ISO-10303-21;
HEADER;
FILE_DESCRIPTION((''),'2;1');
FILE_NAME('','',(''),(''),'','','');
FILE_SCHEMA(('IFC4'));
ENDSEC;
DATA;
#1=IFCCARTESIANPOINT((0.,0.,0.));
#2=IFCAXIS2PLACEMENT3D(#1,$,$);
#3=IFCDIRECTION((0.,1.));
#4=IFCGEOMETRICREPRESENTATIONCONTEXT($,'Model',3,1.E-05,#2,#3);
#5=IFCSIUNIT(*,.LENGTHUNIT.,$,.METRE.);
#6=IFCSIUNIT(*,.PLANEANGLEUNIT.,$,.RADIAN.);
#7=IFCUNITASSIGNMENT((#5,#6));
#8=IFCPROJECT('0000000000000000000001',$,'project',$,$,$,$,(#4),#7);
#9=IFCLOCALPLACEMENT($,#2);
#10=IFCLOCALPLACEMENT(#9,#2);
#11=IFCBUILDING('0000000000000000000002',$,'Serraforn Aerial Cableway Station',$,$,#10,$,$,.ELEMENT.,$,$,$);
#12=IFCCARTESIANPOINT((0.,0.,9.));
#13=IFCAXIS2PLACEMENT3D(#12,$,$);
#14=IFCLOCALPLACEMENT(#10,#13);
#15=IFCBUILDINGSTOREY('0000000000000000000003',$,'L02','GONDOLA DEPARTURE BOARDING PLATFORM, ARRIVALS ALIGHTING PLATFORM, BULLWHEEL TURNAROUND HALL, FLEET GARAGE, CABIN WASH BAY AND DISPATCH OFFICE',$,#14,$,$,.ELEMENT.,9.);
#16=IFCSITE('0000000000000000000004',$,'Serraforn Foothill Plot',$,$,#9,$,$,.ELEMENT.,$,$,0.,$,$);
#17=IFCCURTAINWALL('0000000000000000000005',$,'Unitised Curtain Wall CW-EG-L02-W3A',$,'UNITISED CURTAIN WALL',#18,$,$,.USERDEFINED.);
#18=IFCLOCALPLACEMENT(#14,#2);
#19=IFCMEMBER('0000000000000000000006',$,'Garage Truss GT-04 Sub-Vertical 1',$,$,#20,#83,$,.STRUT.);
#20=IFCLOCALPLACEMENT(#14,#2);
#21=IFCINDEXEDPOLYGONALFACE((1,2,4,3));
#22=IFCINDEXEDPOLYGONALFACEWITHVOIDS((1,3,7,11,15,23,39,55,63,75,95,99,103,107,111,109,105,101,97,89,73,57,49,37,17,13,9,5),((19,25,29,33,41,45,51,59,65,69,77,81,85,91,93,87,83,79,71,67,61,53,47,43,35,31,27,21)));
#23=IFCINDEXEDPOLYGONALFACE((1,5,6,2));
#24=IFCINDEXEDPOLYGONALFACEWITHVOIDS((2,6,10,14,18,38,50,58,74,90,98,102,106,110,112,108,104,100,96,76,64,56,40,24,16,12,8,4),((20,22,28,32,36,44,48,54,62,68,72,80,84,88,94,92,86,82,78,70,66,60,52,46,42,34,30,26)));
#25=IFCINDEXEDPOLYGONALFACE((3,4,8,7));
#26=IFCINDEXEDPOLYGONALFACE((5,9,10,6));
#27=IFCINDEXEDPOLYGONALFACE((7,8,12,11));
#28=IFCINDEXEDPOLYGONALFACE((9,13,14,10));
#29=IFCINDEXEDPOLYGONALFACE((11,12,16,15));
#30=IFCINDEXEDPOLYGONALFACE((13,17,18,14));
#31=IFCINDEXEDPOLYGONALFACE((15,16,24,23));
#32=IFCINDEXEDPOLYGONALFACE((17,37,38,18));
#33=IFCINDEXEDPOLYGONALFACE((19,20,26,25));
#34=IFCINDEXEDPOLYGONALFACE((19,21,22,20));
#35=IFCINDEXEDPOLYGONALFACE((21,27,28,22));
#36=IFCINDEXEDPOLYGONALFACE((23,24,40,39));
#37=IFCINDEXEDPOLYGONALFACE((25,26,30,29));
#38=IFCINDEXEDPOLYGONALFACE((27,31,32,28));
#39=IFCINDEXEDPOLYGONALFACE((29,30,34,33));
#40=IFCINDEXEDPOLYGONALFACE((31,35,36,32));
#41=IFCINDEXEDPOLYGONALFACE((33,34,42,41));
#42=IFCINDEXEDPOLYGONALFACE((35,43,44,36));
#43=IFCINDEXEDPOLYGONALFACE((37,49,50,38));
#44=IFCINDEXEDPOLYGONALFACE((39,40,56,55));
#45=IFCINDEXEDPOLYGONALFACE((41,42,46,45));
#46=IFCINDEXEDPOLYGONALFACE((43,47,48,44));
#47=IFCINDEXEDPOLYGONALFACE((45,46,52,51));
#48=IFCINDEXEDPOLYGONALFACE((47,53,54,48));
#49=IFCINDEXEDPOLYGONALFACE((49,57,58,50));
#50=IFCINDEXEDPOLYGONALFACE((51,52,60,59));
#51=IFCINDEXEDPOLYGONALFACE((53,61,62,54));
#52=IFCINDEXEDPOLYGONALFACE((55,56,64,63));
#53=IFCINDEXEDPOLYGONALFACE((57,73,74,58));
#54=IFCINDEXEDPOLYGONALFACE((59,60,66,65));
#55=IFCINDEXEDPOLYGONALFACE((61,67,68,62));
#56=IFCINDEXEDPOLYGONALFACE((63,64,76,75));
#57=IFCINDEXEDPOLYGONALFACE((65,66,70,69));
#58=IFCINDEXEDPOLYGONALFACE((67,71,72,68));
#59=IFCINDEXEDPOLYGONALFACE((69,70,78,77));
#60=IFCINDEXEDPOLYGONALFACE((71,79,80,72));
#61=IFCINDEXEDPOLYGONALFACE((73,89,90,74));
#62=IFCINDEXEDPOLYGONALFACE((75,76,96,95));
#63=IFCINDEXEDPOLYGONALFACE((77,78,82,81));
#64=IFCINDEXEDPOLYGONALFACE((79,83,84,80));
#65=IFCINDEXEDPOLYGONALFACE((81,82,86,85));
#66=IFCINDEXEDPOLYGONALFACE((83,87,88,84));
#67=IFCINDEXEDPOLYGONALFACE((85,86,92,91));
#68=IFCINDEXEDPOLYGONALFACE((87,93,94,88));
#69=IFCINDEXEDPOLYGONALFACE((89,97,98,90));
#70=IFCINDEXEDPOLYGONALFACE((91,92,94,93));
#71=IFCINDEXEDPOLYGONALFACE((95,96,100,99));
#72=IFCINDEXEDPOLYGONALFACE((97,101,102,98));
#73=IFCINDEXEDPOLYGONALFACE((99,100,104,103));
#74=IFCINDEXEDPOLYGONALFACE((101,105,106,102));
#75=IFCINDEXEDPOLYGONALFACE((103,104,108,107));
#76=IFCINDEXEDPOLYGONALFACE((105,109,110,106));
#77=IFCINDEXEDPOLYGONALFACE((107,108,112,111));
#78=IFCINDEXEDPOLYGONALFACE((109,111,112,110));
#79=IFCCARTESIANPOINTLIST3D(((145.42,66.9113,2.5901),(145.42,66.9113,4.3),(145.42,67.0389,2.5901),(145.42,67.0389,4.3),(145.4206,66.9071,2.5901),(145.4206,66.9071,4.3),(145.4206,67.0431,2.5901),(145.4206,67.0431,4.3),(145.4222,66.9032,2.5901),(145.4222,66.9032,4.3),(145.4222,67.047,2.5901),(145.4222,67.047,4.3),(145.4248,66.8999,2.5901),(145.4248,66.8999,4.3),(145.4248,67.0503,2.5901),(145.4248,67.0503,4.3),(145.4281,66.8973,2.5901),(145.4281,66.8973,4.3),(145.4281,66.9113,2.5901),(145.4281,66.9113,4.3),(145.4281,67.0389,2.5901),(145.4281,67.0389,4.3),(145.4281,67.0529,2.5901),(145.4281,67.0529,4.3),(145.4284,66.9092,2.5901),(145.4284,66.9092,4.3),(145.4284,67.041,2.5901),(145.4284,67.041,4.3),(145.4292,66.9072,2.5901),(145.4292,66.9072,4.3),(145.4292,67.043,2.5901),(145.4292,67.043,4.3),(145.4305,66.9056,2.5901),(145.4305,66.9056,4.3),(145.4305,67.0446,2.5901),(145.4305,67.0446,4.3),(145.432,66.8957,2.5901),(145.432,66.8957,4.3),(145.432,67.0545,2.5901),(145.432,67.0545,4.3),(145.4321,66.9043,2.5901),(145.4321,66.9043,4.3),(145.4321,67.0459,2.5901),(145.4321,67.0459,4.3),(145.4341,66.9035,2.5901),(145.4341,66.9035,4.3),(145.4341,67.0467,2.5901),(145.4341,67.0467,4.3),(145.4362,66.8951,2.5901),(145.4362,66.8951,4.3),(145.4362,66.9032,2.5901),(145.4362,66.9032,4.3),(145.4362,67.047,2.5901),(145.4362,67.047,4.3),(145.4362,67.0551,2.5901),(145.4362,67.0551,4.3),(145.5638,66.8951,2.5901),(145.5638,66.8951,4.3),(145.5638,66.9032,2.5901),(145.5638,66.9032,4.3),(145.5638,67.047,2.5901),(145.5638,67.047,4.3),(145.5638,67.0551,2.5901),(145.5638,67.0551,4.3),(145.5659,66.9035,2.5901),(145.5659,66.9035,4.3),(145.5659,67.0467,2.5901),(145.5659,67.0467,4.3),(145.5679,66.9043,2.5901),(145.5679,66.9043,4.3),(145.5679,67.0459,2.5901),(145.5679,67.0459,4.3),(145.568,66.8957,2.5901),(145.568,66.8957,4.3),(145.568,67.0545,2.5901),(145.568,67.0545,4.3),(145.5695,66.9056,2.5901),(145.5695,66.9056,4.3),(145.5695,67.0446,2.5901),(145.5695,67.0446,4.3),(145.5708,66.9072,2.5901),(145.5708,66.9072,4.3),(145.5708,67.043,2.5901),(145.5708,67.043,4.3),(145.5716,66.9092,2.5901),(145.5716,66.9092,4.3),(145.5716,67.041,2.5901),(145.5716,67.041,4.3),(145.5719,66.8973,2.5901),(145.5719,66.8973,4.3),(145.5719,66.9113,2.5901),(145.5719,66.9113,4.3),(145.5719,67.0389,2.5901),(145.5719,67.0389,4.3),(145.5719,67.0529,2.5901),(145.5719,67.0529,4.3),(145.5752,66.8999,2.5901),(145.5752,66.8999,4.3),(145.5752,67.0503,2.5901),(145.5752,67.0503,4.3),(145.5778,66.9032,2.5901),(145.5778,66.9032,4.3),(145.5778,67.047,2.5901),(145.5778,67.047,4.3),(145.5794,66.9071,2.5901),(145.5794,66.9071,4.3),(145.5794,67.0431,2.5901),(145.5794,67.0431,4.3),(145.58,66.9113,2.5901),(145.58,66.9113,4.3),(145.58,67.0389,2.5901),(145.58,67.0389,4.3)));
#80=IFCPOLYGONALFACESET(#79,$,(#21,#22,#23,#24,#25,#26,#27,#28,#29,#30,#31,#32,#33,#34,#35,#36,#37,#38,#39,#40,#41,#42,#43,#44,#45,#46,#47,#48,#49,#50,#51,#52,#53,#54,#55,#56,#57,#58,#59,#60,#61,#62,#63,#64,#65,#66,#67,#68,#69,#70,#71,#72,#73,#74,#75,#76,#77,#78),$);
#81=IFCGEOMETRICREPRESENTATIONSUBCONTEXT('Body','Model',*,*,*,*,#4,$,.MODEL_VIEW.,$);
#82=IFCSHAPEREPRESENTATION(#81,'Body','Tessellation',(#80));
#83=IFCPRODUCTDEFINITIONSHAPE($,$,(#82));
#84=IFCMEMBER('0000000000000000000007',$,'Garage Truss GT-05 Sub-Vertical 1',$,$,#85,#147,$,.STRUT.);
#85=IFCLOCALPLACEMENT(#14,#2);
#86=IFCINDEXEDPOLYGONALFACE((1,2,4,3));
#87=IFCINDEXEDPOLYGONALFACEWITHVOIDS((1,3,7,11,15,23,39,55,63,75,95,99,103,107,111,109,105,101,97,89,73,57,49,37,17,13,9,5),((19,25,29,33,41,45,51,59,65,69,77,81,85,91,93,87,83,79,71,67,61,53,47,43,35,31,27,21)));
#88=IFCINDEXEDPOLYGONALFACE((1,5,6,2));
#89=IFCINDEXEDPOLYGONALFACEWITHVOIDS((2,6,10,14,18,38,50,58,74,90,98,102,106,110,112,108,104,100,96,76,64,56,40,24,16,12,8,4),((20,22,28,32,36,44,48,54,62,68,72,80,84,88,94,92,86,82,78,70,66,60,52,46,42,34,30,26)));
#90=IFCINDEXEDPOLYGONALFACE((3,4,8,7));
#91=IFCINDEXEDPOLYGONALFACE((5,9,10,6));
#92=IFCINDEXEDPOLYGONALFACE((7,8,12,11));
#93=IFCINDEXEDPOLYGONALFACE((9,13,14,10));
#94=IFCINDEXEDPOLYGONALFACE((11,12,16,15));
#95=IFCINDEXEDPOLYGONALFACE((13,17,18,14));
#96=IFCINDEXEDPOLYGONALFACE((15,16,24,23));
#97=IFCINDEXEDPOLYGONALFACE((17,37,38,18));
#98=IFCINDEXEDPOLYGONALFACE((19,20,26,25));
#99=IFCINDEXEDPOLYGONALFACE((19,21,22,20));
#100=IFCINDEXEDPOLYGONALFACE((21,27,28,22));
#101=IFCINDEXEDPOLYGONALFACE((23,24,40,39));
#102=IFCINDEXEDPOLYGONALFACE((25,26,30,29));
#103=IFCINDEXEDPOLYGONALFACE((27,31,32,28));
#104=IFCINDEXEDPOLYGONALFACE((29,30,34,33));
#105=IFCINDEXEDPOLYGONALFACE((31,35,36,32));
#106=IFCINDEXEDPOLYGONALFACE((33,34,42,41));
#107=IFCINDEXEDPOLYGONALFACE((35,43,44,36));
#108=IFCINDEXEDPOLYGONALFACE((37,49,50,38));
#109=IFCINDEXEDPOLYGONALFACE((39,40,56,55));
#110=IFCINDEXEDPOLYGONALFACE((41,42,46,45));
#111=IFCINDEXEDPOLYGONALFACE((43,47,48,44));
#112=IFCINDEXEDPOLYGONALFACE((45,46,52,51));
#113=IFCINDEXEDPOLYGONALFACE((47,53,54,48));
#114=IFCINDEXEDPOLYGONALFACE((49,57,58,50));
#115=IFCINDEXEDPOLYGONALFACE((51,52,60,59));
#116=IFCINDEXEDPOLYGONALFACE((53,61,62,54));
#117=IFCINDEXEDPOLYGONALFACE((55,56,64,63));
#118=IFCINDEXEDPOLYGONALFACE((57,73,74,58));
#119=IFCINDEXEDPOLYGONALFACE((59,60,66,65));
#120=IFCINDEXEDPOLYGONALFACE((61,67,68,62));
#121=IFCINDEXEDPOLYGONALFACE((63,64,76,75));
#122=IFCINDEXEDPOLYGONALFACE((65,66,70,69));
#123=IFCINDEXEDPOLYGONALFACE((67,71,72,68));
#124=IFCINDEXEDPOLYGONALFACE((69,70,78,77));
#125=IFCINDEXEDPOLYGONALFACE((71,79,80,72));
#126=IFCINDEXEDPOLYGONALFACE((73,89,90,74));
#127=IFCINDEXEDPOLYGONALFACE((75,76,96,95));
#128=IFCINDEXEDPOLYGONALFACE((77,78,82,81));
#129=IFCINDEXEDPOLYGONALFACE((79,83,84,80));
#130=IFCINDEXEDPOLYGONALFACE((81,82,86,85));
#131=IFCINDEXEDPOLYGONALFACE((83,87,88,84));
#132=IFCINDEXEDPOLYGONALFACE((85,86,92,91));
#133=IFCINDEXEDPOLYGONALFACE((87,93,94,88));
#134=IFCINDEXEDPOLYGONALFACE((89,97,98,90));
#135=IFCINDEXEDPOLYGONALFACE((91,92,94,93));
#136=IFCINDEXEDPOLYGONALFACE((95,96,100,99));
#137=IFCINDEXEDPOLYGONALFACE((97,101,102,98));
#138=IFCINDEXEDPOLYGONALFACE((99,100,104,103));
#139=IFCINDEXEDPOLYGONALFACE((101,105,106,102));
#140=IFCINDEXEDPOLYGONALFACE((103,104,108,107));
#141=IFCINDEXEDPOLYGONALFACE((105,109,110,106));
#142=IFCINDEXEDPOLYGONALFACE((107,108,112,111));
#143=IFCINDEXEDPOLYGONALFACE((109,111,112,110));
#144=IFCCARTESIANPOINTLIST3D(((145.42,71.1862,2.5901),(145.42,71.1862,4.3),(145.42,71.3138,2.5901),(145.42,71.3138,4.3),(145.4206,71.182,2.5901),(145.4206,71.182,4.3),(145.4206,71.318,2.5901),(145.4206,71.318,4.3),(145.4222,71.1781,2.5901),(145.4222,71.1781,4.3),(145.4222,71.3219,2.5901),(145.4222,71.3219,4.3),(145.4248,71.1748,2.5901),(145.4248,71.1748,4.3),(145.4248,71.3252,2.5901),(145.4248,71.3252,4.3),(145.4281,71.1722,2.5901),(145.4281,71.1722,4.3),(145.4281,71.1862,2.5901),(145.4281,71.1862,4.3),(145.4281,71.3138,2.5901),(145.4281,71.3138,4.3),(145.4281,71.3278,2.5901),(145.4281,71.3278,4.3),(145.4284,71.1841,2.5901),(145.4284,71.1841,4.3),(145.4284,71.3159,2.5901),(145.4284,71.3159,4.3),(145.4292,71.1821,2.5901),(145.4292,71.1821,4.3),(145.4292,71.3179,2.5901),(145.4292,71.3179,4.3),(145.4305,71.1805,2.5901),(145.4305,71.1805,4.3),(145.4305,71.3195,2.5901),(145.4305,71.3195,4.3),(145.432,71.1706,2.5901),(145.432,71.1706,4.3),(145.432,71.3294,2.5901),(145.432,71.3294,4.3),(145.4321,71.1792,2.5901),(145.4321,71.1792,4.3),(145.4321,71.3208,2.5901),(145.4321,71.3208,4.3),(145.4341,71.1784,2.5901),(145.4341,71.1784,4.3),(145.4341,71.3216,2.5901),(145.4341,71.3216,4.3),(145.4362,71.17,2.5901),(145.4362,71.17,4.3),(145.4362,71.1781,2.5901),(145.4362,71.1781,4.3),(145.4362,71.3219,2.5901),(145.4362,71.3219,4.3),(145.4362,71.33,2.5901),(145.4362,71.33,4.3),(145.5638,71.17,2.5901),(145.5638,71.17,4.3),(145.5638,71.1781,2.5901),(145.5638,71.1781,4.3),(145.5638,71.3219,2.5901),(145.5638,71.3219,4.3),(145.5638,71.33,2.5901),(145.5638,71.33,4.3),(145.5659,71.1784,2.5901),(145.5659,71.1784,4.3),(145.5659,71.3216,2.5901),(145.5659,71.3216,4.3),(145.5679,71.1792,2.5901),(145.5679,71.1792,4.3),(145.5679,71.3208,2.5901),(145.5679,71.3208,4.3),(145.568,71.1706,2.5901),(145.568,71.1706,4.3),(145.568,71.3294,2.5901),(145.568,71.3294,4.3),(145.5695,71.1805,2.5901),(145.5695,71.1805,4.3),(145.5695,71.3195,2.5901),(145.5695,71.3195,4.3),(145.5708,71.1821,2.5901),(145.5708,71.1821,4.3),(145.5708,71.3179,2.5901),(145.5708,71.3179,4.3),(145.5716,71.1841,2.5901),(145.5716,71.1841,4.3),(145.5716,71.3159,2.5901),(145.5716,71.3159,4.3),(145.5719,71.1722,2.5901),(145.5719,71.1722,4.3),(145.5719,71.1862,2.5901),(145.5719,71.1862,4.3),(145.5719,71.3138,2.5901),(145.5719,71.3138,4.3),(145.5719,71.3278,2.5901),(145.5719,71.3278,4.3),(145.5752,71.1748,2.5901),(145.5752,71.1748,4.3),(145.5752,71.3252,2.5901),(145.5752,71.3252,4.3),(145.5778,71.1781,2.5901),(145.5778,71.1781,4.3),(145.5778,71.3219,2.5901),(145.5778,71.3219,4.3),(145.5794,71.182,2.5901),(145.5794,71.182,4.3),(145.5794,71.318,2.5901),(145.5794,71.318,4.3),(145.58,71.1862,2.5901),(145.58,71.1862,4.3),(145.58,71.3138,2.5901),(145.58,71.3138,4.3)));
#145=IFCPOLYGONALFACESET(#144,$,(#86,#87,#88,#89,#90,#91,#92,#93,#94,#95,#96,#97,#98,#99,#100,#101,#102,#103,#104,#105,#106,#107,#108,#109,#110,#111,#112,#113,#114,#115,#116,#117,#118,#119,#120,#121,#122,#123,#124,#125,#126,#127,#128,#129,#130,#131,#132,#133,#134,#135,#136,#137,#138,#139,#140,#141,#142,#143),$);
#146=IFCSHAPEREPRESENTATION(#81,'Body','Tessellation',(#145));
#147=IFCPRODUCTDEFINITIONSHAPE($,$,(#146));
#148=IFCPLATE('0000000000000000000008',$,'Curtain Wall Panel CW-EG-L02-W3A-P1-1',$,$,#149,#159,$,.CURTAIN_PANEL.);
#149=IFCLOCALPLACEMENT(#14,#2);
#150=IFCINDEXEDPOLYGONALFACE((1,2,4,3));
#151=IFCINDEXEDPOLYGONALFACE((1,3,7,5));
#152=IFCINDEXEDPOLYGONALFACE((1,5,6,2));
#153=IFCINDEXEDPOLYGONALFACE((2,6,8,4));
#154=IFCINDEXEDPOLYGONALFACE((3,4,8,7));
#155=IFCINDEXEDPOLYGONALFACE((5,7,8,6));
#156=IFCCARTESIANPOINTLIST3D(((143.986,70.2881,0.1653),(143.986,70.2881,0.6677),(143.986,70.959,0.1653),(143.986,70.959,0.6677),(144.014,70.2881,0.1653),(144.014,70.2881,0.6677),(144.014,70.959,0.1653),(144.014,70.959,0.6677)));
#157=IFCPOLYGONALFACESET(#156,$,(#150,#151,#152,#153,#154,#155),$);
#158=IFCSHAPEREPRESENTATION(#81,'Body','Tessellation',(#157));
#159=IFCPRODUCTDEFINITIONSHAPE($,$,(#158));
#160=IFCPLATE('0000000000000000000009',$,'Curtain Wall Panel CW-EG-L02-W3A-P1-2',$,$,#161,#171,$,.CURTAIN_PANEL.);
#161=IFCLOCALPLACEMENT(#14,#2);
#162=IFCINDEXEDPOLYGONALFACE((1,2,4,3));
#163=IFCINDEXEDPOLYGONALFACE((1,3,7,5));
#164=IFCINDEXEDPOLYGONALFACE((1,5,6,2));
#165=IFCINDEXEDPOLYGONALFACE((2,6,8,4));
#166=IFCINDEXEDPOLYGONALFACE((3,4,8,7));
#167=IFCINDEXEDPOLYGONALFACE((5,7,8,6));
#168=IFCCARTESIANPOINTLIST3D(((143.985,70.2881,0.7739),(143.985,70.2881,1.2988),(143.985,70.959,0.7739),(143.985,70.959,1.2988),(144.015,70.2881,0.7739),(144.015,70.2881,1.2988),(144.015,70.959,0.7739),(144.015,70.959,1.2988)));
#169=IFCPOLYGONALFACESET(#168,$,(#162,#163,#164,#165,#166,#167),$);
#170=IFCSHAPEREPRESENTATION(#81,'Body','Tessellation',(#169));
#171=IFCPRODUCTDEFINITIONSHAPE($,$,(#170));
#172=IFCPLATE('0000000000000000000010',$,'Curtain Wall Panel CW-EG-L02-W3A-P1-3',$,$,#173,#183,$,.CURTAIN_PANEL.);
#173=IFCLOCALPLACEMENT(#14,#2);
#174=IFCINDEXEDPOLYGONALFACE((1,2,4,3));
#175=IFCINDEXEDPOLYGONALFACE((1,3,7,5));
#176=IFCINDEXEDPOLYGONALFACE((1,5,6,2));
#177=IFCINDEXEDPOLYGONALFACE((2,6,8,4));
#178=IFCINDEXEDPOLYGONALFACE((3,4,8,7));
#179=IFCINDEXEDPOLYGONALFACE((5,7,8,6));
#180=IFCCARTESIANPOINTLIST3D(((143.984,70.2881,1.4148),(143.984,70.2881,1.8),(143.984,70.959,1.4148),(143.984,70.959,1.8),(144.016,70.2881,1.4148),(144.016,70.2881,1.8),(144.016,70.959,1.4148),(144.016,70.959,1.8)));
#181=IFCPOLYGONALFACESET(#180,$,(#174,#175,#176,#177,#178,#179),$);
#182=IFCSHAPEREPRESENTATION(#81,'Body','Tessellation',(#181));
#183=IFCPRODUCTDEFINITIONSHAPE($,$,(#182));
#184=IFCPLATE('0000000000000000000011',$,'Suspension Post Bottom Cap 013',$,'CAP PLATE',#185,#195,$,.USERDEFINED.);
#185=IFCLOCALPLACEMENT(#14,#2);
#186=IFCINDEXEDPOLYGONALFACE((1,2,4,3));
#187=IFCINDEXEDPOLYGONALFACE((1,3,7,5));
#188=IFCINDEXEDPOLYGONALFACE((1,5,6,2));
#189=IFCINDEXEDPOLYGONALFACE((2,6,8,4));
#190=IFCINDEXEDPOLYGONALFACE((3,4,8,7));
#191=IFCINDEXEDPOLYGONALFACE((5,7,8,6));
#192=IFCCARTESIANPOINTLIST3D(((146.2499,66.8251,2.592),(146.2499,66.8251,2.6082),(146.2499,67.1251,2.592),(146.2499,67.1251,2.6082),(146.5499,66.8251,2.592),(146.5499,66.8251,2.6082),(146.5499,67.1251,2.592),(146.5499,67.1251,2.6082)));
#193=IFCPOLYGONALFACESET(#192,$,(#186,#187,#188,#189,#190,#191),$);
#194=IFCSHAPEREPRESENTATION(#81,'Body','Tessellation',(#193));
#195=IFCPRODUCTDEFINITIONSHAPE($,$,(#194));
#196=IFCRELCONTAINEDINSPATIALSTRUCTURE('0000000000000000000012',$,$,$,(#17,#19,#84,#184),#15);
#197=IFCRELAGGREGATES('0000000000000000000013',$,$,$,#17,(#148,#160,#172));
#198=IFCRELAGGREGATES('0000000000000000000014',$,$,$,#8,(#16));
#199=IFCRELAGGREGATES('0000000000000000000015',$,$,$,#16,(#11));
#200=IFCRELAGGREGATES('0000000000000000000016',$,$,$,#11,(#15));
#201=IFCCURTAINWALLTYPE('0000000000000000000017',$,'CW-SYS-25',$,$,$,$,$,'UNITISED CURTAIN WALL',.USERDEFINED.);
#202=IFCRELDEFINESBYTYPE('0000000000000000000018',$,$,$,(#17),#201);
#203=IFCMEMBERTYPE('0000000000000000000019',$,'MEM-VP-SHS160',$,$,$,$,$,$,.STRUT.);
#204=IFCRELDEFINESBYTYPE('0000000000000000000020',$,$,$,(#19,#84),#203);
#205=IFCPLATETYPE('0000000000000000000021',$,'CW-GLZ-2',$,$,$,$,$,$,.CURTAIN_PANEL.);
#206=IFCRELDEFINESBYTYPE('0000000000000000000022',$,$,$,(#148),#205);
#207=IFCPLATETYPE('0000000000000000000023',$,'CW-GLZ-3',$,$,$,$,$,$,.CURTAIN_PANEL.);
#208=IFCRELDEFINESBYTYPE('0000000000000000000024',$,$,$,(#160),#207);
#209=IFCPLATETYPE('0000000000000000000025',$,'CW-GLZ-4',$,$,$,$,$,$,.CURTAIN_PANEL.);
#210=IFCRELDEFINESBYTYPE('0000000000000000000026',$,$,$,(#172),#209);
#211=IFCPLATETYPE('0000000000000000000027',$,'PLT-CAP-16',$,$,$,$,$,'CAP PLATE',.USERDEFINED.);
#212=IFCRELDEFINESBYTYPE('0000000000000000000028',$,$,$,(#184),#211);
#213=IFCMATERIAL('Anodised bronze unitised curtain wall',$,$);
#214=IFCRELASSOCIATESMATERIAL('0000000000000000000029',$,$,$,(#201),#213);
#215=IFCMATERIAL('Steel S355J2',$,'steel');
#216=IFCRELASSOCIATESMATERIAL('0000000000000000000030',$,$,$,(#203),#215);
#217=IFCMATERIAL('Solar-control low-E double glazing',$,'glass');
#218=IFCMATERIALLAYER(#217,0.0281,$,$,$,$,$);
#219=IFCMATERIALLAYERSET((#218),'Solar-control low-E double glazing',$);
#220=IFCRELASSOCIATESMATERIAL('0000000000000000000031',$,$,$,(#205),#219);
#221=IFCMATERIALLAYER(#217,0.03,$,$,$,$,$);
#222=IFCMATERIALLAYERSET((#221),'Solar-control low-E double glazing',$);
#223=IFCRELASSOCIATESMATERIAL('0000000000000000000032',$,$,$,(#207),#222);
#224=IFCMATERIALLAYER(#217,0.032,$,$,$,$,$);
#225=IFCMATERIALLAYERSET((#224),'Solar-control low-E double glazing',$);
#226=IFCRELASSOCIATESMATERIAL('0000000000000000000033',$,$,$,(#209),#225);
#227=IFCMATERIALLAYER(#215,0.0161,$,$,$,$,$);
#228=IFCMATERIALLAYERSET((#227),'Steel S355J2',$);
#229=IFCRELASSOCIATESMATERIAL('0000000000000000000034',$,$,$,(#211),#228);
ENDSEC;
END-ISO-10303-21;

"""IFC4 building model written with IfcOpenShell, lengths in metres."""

from ifc_helpers import new_model, si_unit, direction, frame, origin, origin_2d, place, context, subcontext, project, spatial, rectangle, hollow_rectangle, extrude, material, layer, layer_set, material_profile, profile_set, type_object, element, aggregate, save


model = new_model("IFC4")

# Units and contexts
model_context = context("Model", 3, precision=1e-05, world=origin(), true_north=direction((0.0, 1.0)))
body_context = subcontext(model_context, "Body", "Model", "MODEL_VIEW")
ifc_project = project(units=[si_unit("LENGTHUNIT", "METRE"), si_unit("PLANEANGLEUNIT", "RADIAN")], contexts=[model_context])

# Site, building, storey
site_placement = place(None, origin())
site = spatial("IfcSite", under=ifc_project, at=site_placement, Name="Serraforn Foothill Plot", CompositionType="ELEMENT", RefElevation=0.0)
building_placement = place(site_placement, origin())
building = spatial("IfcBuilding", under=site, at=building_placement, Name="Serraforn Aerial Cableway Station", CompositionType="ELEMENT")
storey_placement = place(building_placement, frame((0.0, 0.0, 9.0)))
storey = spatial("IfcBuildingStorey", under=building, at=storey_placement, Name="L02", Description="GONDOLA DEPARTURE BOARDING PLATFORM, ARRIVALS ALIGHTING PLATFORM, BULLWHEEL TURNAROUND HALL, FLEET GARAGE, CABIN WASH BAY AND DISPATCH OFFICE", CompositionType="ELEMENT", Elevation=9.0)

# Shared definitions
ifc_material_1 = material(Name="Steel S355J2", Category="steel")

# Curtain wall
ifc_material_2 = material(Name="Anodised bronze unitised curtain wall")
curtain_wall_type = type_object("IfcCurtainWallType", Name="CW-SYS-25", ElementType="UNITISED CURTAIN WALL", PredefinedType="USERDEFINED", material=ifc_material_2)
curtain_wall_placement = place(storey_placement, origin())
curtain_wall = element("IfcCurtainWall", 1, at=curtain_wall_placement, inside=storey, type_object=curtain_wall_type, Name="Unitised Curtain Wall CW-EG-L02-W3A", ObjectType="UNITISED CURTAIN WALL", PredefinedType="USERDEFINED")

# Members
ifc_material_profile_1 = material_profile(ifc_material_1, hollow_rectangle(XDim=0.1599, YDim=0.1599, WallThickness=0.0081, InnerFilletRadius=0.0081, OuterFilletRadius=0.0161, at=origin_2d()), Name="SHS 160x160x8.0")
ifc_profile_set_1 = profile_set([ifc_material_profile_1], Name="Steel S355J2")
member_type_1 = type_object("IfcMemberType", Name="MEM-VP-SHS160", PredefinedType="STRUT", material=ifc_profile_set_1)
for number, where, z_axis, x_axis, name in (
    (2, (145.5, 66.9751, 2.5901), (0.0, 0.0, 1.0), (1.0, 0.0, 0.0), "Garage Truss GT-04 Sub-Vertical 1"),
    (3, (145.5, 71.25, 2.5901), (0.0, 0.0, 1.0), (1.0, 0.0, 0.0), "Garage Truss GT-05 Sub-Vertical 1"),
):
    element("IfcMember", number, at=place(storey_placement, frame(where, z_axis=z_axis, x_axis=x_axis)), inside=storey, type_object=member_type_1, Name=name, PredefinedType="STRUT", context=body_context, shape_type="SweptSolid", body=[
        extrude(hollow_rectangle(XDim=0.1599, YDim=0.1599, WallThickness=0.0081, InnerFilletRadius=0.0081, OuterFilletRadius=0.0161, at=origin_2d()), origin(), (0.0, 0.0, 1.0), 1.71),
    ])

# Plates
ifc_material_3 = material(Name="Solar-control low-E double glazing", Category="glass")
ifc_layer_1 = layer(ifc_material_3, 0.0281)
ifc_layer_set_1 = layer_set([ifc_layer_1], Name="Solar-control low-E double glazing")
plate_type_1 = type_object("IfcPlateType", Name="CW-GLZ-2", PredefinedType="CURTAIN_PANEL", material=ifc_layer_set_1)
plate_1_placement = place(storey_placement, frame((144.0, 70.6235, 0.1653), z_axis=(0.0, 0.0, 1.0), x_axis=(1.0, 0.0, 0.0)))
plate_1 = element("IfcPlate", 4, at=plate_1_placement, type_object=plate_type_1, Name="Curtain Wall Panel CW-EG-L02-W3A-P1-1", PredefinedType="CURTAIN_PANEL", context=body_context, shape_type="SweptSolid", body=[
    extrude(rectangle(XDim=0.0281, YDim=0.6709, at=origin_2d()), origin(), (0.0, 0.0, 1.0), 0.5024),
])
ifc_layer_2 = layer(ifc_material_3, 0.03)
ifc_layer_set_2 = layer_set([ifc_layer_2], Name="Solar-control low-E double glazing")
plate_type_2 = type_object("IfcPlateType", Name="CW-GLZ-3", PredefinedType="CURTAIN_PANEL", material=ifc_layer_set_2)
plate_2_placement = place(storey_placement, frame((144.0, 70.6235, 0.7739), z_axis=(0.0, 0.0, 1.0), x_axis=(1.0, 0.0, 0.0)))
plate_2 = element("IfcPlate", 5, at=plate_2_placement, type_object=plate_type_2, Name="Curtain Wall Panel CW-EG-L02-W3A-P1-2", PredefinedType="CURTAIN_PANEL", context=body_context, shape_type="SweptSolid", body=[
    extrude(rectangle(XDim=0.03, YDim=0.6709, at=origin_2d()), origin(), (0.0, 0.0, 1.0), 0.5249),
])
ifc_layer_3 = layer(ifc_material_3, 0.032)
ifc_layer_set_3 = layer_set([ifc_layer_3], Name="Solar-control low-E double glazing")
plate_type_3 = type_object("IfcPlateType", Name="CW-GLZ-4", PredefinedType="CURTAIN_PANEL", material=ifc_layer_set_3)
plate_3_placement = place(storey_placement, frame((144.0, 70.6235, 1.4148), z_axis=(0.0, 0.0, 1.0), x_axis=(1.0, 0.0, 0.0)))
plate_3 = element("IfcPlate", 6, at=plate_3_placement, type_object=plate_type_3, Name="Curtain Wall Panel CW-EG-L02-W3A-P1-3", PredefinedType="CURTAIN_PANEL", context=body_context, shape_type="SweptSolid", body=[
    extrude(rectangle(XDim=0.032, YDim=0.6709, at=origin_2d()), origin(), (0.0, 0.0, 1.0), 0.3853),
])
aggregate(curtain_wall, [plate_1, plate_2, plate_3])

# Plate
ifc_layer_4 = layer(ifc_material_1, 0.0161)
ifc_layer_set_4 = layer_set([ifc_layer_4], Name="Steel S355J2")
plate_type_4 = type_object("IfcPlateType", Name="PLT-CAP-16", ElementType="CAP PLATE", PredefinedType="USERDEFINED", material=ifc_layer_set_4)
for number, where, z_axis, x_axis, name in (
    (7, (146.3999, 66.9751, 2.592), (0.0, 0.0, 1.0), (1.0, 0.0, 0.0), "Suspension Post Bottom Cap 013"),
):
    element("IfcPlate", number, at=place(storey_placement, frame(where, z_axis=z_axis, x_axis=x_axis)), inside=storey, type_object=plate_type_4, Name=name, ObjectType="CAP PLATE", PredefinedType="USERDEFINED", context=body_context, shape_type="SweptSolid", body=[
        extrude(rectangle(XDim=0.3, YDim=0.3, at=origin_2d()), origin(), (0.0, 0.0, 1.0), 0.0161),
    ])

save(model, "model.ifc")
